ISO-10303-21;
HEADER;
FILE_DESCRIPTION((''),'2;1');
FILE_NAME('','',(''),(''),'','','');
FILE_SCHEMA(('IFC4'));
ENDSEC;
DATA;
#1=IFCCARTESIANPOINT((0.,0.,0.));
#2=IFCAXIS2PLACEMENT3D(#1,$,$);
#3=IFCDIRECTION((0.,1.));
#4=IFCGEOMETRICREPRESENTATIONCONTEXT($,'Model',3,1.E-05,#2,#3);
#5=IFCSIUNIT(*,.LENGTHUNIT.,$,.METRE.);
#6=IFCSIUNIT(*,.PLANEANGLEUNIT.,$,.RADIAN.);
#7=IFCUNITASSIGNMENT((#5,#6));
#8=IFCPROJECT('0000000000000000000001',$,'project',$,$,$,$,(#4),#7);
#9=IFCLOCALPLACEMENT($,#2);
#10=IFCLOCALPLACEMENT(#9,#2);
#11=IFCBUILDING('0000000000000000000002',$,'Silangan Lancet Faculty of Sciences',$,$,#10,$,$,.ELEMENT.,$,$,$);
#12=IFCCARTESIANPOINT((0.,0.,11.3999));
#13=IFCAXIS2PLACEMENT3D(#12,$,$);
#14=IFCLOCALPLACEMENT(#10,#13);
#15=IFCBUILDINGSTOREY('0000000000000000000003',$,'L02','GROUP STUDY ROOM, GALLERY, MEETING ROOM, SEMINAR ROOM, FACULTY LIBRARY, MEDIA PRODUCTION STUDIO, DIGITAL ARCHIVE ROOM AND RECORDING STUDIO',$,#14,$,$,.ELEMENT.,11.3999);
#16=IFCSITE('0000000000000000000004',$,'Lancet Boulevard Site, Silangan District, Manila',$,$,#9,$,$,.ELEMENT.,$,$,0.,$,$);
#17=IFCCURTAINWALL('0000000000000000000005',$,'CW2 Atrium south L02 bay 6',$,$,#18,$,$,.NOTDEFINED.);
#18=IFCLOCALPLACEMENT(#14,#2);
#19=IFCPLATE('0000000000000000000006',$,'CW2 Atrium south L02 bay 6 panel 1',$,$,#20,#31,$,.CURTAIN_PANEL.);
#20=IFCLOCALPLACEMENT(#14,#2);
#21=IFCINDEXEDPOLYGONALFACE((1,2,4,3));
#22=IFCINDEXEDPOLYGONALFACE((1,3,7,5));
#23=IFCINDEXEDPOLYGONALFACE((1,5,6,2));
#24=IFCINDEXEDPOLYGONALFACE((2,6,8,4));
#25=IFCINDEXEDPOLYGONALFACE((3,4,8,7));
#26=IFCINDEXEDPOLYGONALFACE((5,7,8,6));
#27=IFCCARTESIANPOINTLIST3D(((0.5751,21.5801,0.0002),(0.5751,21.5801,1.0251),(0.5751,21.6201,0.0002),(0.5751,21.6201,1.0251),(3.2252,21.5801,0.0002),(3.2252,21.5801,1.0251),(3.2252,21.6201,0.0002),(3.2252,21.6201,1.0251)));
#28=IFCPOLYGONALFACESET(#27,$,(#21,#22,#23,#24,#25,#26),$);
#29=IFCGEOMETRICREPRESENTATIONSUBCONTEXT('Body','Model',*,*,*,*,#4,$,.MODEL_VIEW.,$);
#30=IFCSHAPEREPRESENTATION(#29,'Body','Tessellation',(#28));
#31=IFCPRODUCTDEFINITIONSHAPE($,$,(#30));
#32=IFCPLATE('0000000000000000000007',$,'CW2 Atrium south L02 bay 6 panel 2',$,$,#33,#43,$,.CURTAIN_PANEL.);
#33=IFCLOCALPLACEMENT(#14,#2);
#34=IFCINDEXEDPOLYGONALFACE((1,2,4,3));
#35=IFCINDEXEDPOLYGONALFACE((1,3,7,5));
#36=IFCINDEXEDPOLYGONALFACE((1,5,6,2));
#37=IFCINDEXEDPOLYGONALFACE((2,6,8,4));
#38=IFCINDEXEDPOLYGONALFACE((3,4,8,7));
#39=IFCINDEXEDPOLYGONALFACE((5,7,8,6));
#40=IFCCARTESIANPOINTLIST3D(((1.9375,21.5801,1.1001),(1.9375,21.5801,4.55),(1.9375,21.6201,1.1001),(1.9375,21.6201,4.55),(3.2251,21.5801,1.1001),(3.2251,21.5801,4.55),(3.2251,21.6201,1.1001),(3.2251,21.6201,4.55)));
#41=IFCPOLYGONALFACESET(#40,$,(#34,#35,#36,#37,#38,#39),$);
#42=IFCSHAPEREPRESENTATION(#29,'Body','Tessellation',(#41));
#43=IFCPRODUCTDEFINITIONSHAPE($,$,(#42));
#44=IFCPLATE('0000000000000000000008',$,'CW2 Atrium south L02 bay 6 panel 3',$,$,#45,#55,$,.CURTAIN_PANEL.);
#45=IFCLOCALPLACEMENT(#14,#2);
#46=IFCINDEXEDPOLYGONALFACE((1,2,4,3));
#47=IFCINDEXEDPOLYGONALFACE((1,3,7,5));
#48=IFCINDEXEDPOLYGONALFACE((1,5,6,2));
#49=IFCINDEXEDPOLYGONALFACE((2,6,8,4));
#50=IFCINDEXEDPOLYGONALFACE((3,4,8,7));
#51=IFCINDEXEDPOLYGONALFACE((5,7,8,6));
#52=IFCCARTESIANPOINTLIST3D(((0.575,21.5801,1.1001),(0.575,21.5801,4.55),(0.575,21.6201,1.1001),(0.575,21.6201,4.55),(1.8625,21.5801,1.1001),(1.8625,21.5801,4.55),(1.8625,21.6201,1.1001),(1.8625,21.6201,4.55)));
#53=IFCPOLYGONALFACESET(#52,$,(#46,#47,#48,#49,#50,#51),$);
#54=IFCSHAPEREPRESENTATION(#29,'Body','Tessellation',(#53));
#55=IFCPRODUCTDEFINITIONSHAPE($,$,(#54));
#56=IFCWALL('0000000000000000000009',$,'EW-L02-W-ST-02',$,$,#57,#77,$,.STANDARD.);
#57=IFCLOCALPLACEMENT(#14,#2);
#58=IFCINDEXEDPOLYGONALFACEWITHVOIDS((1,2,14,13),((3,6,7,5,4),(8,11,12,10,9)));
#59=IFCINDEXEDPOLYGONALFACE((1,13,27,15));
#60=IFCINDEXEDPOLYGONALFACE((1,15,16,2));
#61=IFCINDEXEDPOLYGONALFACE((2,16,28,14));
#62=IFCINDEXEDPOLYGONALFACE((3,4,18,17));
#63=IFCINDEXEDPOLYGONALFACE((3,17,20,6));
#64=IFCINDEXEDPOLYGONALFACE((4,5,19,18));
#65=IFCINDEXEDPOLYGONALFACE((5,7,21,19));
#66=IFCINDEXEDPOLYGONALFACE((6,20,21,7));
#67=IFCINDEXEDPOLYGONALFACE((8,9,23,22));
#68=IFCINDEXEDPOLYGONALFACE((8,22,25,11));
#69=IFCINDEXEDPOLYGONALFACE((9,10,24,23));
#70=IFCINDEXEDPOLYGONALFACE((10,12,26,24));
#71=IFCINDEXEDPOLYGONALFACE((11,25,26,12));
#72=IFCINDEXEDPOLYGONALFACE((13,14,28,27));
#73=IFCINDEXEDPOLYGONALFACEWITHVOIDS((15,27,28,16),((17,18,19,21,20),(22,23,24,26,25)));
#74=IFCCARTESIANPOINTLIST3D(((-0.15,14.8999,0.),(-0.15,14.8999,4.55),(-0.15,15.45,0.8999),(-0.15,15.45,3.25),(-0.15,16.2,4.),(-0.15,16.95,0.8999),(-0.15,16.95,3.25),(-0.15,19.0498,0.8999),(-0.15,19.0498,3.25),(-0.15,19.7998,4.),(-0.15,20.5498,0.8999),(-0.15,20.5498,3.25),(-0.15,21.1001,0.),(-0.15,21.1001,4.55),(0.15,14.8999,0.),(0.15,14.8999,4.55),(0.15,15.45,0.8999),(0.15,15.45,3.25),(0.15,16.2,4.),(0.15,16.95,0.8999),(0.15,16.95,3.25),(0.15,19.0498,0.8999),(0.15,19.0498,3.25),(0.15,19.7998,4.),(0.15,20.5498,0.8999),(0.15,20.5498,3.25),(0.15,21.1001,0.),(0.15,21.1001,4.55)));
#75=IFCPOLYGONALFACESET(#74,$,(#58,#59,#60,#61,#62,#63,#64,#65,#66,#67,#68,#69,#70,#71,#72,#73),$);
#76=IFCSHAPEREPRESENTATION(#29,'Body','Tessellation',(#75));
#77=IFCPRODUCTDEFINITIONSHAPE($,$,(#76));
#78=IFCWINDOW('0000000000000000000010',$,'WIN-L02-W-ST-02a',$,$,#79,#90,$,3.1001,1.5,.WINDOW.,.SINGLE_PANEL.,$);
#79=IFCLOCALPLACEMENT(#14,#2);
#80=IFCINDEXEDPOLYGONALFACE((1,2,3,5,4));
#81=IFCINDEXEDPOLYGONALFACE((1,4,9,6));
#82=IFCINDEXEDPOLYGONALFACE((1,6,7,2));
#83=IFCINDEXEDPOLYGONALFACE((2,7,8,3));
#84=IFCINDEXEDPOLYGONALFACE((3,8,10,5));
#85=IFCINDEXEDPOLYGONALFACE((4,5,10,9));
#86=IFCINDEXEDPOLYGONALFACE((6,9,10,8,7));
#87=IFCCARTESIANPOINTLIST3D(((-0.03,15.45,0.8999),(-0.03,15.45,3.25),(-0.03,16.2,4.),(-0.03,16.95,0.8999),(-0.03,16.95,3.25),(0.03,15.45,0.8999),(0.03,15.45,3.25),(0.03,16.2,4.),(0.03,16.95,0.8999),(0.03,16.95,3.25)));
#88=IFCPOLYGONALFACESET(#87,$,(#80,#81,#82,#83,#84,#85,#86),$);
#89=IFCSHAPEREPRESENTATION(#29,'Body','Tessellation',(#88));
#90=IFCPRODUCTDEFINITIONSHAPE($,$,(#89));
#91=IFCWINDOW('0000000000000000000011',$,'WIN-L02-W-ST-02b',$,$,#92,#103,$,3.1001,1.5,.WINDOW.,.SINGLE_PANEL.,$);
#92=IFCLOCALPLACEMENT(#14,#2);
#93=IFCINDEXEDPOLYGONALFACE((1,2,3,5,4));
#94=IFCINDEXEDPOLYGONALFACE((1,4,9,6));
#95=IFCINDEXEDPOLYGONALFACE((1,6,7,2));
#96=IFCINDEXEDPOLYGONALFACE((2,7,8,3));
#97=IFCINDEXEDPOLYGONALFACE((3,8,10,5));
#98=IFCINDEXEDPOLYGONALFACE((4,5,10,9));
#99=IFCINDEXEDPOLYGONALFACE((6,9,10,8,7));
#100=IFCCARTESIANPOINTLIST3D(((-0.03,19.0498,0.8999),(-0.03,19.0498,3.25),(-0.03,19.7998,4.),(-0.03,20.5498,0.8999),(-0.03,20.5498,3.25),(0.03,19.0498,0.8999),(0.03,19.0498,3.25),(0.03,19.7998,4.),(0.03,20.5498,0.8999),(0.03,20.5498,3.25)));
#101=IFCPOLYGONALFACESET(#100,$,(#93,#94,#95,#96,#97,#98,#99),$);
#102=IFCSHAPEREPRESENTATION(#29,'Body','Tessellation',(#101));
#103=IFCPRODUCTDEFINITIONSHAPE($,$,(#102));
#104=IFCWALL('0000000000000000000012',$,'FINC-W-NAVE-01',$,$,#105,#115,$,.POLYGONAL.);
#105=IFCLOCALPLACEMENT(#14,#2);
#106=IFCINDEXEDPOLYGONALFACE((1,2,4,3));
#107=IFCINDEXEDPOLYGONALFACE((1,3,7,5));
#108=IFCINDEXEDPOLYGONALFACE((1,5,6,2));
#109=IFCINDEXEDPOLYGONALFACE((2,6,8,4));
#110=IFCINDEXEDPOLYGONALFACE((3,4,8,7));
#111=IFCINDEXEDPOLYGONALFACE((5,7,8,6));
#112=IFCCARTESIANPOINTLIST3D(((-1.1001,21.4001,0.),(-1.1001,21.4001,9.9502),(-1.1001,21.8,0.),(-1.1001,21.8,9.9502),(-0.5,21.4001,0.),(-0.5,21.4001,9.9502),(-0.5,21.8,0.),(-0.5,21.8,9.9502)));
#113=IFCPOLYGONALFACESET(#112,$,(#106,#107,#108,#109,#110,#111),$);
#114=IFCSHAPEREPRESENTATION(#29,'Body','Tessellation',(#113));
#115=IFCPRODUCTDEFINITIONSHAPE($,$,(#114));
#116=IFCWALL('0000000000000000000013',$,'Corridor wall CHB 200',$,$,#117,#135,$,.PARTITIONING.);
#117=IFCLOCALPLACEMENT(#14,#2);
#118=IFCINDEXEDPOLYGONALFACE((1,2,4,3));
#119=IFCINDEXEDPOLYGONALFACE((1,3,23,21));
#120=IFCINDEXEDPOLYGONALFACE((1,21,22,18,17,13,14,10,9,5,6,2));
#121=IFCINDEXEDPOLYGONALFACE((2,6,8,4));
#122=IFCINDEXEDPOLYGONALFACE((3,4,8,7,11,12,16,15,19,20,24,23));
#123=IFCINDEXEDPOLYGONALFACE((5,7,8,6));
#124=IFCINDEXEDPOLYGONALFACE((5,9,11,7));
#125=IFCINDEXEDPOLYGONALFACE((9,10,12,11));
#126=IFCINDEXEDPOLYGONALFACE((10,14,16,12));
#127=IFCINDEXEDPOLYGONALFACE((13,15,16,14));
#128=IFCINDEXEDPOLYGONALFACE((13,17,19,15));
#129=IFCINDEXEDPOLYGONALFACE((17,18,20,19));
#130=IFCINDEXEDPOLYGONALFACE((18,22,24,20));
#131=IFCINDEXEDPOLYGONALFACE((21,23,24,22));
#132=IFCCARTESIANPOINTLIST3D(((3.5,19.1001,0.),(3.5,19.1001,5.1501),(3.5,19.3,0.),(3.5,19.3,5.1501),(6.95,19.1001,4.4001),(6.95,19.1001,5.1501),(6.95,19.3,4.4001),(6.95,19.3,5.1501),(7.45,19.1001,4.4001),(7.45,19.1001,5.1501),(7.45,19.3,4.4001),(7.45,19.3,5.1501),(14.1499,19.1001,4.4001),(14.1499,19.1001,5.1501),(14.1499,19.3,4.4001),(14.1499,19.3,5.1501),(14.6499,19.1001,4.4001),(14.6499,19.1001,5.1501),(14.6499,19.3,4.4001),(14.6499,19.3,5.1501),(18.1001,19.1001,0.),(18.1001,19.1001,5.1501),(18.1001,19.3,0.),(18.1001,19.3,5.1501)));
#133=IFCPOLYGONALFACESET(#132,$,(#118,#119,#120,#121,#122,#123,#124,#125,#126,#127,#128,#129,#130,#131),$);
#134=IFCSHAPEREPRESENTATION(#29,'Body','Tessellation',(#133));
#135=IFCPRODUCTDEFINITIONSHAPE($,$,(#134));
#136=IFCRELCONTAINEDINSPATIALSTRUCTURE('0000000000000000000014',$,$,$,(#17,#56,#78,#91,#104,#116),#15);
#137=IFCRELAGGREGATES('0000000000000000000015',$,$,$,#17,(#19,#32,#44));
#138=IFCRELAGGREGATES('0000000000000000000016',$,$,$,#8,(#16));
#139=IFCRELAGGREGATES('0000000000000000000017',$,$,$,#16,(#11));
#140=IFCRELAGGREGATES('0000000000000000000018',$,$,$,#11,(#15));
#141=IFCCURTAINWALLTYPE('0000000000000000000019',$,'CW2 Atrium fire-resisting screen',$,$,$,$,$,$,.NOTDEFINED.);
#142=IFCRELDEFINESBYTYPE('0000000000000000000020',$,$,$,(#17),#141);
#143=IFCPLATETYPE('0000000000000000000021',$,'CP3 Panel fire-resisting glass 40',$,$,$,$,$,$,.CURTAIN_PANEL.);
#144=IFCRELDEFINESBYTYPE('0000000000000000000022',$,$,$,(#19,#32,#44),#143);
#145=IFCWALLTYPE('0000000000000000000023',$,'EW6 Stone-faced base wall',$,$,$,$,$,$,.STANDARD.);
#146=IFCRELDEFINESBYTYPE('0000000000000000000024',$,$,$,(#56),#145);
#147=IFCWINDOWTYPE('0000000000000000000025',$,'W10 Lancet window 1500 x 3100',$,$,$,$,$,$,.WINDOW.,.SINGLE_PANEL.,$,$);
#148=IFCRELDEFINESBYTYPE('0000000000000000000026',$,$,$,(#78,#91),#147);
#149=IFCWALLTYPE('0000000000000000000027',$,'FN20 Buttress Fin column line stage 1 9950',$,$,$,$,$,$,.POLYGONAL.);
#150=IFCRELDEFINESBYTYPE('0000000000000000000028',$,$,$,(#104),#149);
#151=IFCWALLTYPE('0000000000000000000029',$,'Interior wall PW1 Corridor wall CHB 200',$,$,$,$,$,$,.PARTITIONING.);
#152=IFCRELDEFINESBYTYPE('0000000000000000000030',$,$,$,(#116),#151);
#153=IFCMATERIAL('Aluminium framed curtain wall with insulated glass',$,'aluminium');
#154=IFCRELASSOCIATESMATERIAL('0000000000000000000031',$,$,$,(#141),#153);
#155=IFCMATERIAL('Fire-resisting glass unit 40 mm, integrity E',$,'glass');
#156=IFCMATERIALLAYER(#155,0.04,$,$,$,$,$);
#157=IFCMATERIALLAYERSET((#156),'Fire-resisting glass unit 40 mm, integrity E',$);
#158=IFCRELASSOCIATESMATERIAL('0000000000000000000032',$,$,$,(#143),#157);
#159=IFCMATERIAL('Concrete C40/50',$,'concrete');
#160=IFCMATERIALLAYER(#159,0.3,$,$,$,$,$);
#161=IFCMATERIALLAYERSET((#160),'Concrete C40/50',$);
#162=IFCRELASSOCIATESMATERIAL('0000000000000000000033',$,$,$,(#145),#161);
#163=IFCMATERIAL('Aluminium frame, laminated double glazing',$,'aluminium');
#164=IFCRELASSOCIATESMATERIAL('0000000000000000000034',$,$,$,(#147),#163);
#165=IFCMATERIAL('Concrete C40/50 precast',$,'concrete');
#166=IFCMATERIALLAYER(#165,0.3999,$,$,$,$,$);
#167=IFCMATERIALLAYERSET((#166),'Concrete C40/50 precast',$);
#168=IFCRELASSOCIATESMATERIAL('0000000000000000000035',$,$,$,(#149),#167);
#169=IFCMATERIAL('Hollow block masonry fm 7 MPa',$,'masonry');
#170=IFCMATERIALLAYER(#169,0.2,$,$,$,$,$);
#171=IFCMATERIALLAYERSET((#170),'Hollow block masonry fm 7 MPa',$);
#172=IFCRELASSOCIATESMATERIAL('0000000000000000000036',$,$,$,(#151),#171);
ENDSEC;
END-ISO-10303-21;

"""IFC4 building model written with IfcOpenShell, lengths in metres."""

from ifc_helpers import new_model, si_unit, direction, frame, frame_2d, origin, origin_2d, place, context, subcontext, project, spatial, polyline, rectangle, outline, extrude, material, layer, layer_set, type_object, element, fill, aggregate, save


model = new_model("IFC4")

# Units and contexts
model_context = context("Model", 3, precision=1e-05, world=origin(), true_north=direction((0.0, 1.0)))
body_context = subcontext(model_context, "Body", "Model", "MODEL_VIEW")
ifc_project = project(units=[si_unit("LENGTHUNIT", "METRE"), si_unit("PLANEANGLEUNIT", "RADIAN")], contexts=[model_context])

# Site, building, storey
site_placement = place(None, origin())
site = spatial("IfcSite", under=ifc_project, at=site_placement, Name="Lancet Boulevard Site, Silangan District, Manila", CompositionType="ELEMENT", RefElevation=0.0)
building_placement = place(site_placement, origin())
building = spatial("IfcBuilding", under=site, at=building_placement, Name="Silangan Lancet Faculty of Sciences", CompositionType="ELEMENT")
storey_placement = place(building_placement, frame((0.0, 0.0, 11.3999)))
storey = spatial("IfcBuildingStorey", under=building, at=storey_placement, Name="L02", Description="GROUP STUDY ROOM, GALLERY, MEETING ROOM, SEMINAR ROOM, FACULTY LIBRARY, MEDIA PRODUCTION STUDIO, DIGITAL ARCHIVE ROOM AND RECORDING STUDIO", CompositionType="ELEMENT", Elevation=11.3999)

# Curtain wall
ifc_material_1 = material(Name="Aluminium framed curtain wall with insulated glass", Category="aluminium")
curtain_wall_type_1 = type_object("IfcCurtainWallType", Name="CW2 Atrium fire-resisting screen", PredefinedType="NOTDEFINED", material=ifc_material_1)
curtain_wall_1_placement = place(storey_placement, origin())
curtain_wall_1 = element("IfcCurtainWall", 1, at=curtain_wall_1_placement, inside=storey, type_object=curtain_wall_type_1, Name="CW2 Atrium south L02 bay 6", PredefinedType="NOTDEFINED")

# Plates
ifc_material_2 = material(Name="Fire-resisting glass unit 40 mm, integrity E", Category="glass")
ifc_layer_1 = layer(ifc_material_2, 0.04)
ifc_layer_set_1 = layer_set([ifc_layer_1], Name="Fire-resisting glass unit 40 mm, integrity E")
plate_type_1 = type_object("IfcPlateType", Name="CP3 Panel fire-resisting glass 40", PredefinedType="CURTAIN_PANEL", material=ifc_layer_set_1)
plate_1_placement = place(storey_placement, frame((1.9001, 21.6001, 0.0002), z_axis=(0.0, 0.0, 1.0), x_axis=(-1.0, 0.0, 0.0)))
plate_1 = element("IfcPlate", 2, at=plate_1_placement, type_object=plate_type_1, Name="CW2 Atrium south L02 bay 6 panel 1", PredefinedType="CURTAIN_PANEL", context=body_context, shape_type="SweptSolid", body=[
    extrude(rectangle(XDim=2.6501, YDim=0.04, at=origin_2d()), origin(), (0.0, 0.0, 1.0), 1.0249),
])
plate_2_placement = place(storey_placement, frame((2.5813, 21.6001, 1.1001), z_axis=(0.0, 0.0, 1.0), x_axis=(-1.0, 0.0, 0.0)))
plate_2 = element("IfcPlate", 3, at=plate_2_placement, type_object=plate_type_1, Name="CW2 Atrium south L02 bay 6 panel 2", PredefinedType="CURTAIN_PANEL", context=body_context, shape_type="SweptSolid", body=[
    extrude(rectangle(XDim=1.2876, YDim=0.04, at=origin_2d()), origin(), (0.0, 0.0, 1.0), 3.45),
])
plate_3_placement = place(storey_placement, frame((1.2188, 21.6001, 1.1001), z_axis=(0.0, 0.0, 1.0), x_axis=(-1.0, 0.0, 0.0)))
plate_3 = element("IfcPlate", 4, at=plate_3_placement, type_object=plate_type_1, Name="CW2 Atrium south L02 bay 6 panel 3", PredefinedType="CURTAIN_PANEL", context=body_context, shape_type="SweptSolid", body=[
    extrude(rectangle(XDim=1.2876, YDim=0.04, at=origin_2d()), origin(), (0.0, 0.0, 1.0), 3.45),
])
aggregate(curtain_wall_1, [plate_1, plate_2, plate_3])

# Wall, openings, windows
ifc_material_3 = material(Name="Concrete C40/50", Category="concrete")
ifc_layer_2 = layer(ifc_material_3, 0.3)
ifc_layer_set_2 = layer_set([ifc_layer_2], Name="Concrete C40/50")
wall_type_1 = type_object("IfcWallType", Name="EW6 Stone-faced base wall", PredefinedType="STANDARD", material=ifc_layer_set_2)
wall_1_placement = place(storey_placement, frame((0.0, 14.8999, 0.0), z_axis=(0.0, 0.0, 1.0), x_axis=(0.0, 1.0, 0.0)))
wall_1 = element("IfcWall", 5, at=wall_1_placement, inside=storey, type_object=wall_type_1, Name="EW-L02-W-ST-02", PredefinedType="STANDARD", context=body_context, shape_type="SweptSolid", body=[
    extrude(rectangle(XDim=6.2002, YDim=0.3, at=frame_2d((3.1001, 0.0))), origin(), (0.0, 0.0, 1.0), 4.55),
])
opening_1_placement = place(wall_1_placement, frame((0.55, 0.0, 0.8999)))
opening_1 = element("IfcOpeningElement", 6, at=opening_1_placement, cuts=wall_1, PredefinedType="OPENING", context=body_context, shape_type="SweptSolid", body=[
    extrude(outline(polyline([(0.0, 0.0), (1.5, 0.0), (1.5, 2.3501), (0.75, 3.1001), (0.0, 2.3501), (0.0, 0.0)])), frame((0.0, 0.1599, 0.0), z_axis=(0.0, -1.0, 0.0), x_axis=(1.0, 0.0, 0.0)), (0.0, 0.0, 1.0), 0.3201),
])
opening_2_placement = place(wall_1_placement, frame((4.1499, 0.0, 0.8999)))
opening_2 = element("IfcOpeningElement", 7, at=opening_2_placement, cuts=wall_1, PredefinedType="OPENING", context=body_context, shape_type="SweptSolid", body=[
    extrude(outline(polyline([(0.0, 0.0), (1.5, 0.0), (1.5, 2.3501), (0.75, 3.1001), (0.0, 2.3501), (0.0, 0.0)])), frame((0.0, 0.1599, 0.0), z_axis=(0.0, -1.0, 0.0), x_axis=(1.0, 0.0, 0.0)), (0.0, 0.0, 1.0), 0.3201),
])
ifc_material_4 = material(Name="Aluminium frame, laminated double glazing", Category="aluminium")
window_type = type_object("IfcWindowType", Name="W10 Lancet window 1500 x 3100", PartitioningType="SINGLE_PANEL", PredefinedType="WINDOW", material=ifc_material_4)
window_1_placement = place(opening_1_placement, origin())
window_1 = element("IfcWindow", 8, at=window_1_placement, inside=storey, type_object=window_type, Name="WIN-L02-W-ST-02a", OverallHeight=3.1001, OverallWidth=1.5, PartitioningType="SINGLE_PANEL", PredefinedType="WINDOW", context=body_context, shape_type="SweptSolid", body=[
    extrude(outline(polyline([(0.0, 0.0), (1.5, 0.0), (1.5, 2.3501), (0.75, 3.1001), (0.0, 2.3501), (0.0, 0.0)])), frame((0.0, 0.03, 0.0), z_axis=(0.0, -1.0, 0.0), x_axis=(1.0, 0.0, 0.0)), (0.0, 0.0, 1.0), 0.0601),
])
fill(opening_1, window_1)
window_2_placement = place(opening_2_placement, origin())
window_2 = element("IfcWindow", 9, at=window_2_placement, inside=storey, type_object=window_type, Name="WIN-L02-W-ST-02b", OverallHeight=3.1001, OverallWidth=1.5, PartitioningType="SINGLE_PANEL", PredefinedType="WINDOW", context=body_context, shape_type="SweptSolid", body=[
    extrude(outline(polyline([(0.0, 0.0), (1.5, 0.0), (1.5, 2.3501), (0.75, 3.1001), (0.0, 2.3501), (0.0, 0.0)])), frame((0.0, 0.03, 0.0), z_axis=(0.0, -1.0, 0.0), x_axis=(1.0, 0.0, 0.0)), (0.0, 0.0, 1.0), 0.0601),
])
fill(opening_2, window_2)

# Walls
ifc_material_5 = material(Name="Concrete C40/50 precast", Category="concrete")
ifc_layer_3 = layer(ifc_material_5, 0.3999)
ifc_layer_set_3 = layer_set([ifc_layer_3], Name="Concrete C40/50 precast")
wall_type_2 = type_object("IfcWallType", Name="FN20 Buttress Fin column line stage 1 9950", PredefinedType="POLYGONAL", material=ifc_layer_set_3)
wall_2_placement = place(storey_placement, frame((-0.5, 21.6001, 0.0), z_axis=(0.0, 0.0, 1.0), x_axis=(-1.0, 0.0, 0.0)))
element("IfcWall", 10, at=wall_2_placement, inside=storey, type_object=wall_type_2, Name="FINC-W-NAVE-01", PredefinedType="POLYGONAL", context=body_context, shape_type="SweptSolid", body=[
    extrude(outline(polyline([(0.6001, 0.0), (0.6001, 9.9502), (0.0, 9.9502), (0.0, 0.0), (0.6001, 0.0)])), frame((0.0, 0.2, 0.0), z_axis=(0.0, -1.0, 0.0), x_axis=(1.0, 0.0, 0.0)), (0.0, 0.0, 1.0), 0.3999),
])
ifc_material_6 = material(Name="Hollow block masonry fm 7 MPa", Category="masonry")
ifc_layer_4 = layer(ifc_material_6, 0.2)
ifc_layer_set_4 = layer_set([ifc_layer_4], Name="Hollow block masonry fm 7 MPa")
wall_type_3 = type_object("IfcWallType", Name="Interior wall PW1 Corridor wall CHB 200", PredefinedType="PARTITIONING", material=ifc_layer_set_4)
wall_3_placement = place(storey_placement, frame((3.5, 19.2, 0.0), z_axis=(0.0, 0.0, 1.0), x_axis=(1.0, 0.0, 0.0)))
element("IfcWall", 11, at=wall_3_placement, inside=storey, type_object=wall_type_3, Name="Corridor wall CHB 200", PredefinedType="PARTITIONING", context=body_context, shape_type="SweptSolid", body=[
    extrude(outline(polyline([(0.0, 0.0), (14.6001, 0.0), (14.6001, 5.1501), (11.1499, 5.1501), (11.1499, 4.4001), (10.6499, 4.4001), (10.6499, 5.1501), (3.95, 5.1501), (3.95, 4.4001), (3.45, 4.4001), (3.45, 5.1501), (0.0, 5.1501), (0.0, 0.0)])), frame((0.0, 0.1001, 0.0), z_axis=(0.0, -1.0, 0.0), x_axis=(1.0, 0.0, 0.0)), (0.0, 0.0, 1.0), 0.2),
])

save(model, "model.ifc")
